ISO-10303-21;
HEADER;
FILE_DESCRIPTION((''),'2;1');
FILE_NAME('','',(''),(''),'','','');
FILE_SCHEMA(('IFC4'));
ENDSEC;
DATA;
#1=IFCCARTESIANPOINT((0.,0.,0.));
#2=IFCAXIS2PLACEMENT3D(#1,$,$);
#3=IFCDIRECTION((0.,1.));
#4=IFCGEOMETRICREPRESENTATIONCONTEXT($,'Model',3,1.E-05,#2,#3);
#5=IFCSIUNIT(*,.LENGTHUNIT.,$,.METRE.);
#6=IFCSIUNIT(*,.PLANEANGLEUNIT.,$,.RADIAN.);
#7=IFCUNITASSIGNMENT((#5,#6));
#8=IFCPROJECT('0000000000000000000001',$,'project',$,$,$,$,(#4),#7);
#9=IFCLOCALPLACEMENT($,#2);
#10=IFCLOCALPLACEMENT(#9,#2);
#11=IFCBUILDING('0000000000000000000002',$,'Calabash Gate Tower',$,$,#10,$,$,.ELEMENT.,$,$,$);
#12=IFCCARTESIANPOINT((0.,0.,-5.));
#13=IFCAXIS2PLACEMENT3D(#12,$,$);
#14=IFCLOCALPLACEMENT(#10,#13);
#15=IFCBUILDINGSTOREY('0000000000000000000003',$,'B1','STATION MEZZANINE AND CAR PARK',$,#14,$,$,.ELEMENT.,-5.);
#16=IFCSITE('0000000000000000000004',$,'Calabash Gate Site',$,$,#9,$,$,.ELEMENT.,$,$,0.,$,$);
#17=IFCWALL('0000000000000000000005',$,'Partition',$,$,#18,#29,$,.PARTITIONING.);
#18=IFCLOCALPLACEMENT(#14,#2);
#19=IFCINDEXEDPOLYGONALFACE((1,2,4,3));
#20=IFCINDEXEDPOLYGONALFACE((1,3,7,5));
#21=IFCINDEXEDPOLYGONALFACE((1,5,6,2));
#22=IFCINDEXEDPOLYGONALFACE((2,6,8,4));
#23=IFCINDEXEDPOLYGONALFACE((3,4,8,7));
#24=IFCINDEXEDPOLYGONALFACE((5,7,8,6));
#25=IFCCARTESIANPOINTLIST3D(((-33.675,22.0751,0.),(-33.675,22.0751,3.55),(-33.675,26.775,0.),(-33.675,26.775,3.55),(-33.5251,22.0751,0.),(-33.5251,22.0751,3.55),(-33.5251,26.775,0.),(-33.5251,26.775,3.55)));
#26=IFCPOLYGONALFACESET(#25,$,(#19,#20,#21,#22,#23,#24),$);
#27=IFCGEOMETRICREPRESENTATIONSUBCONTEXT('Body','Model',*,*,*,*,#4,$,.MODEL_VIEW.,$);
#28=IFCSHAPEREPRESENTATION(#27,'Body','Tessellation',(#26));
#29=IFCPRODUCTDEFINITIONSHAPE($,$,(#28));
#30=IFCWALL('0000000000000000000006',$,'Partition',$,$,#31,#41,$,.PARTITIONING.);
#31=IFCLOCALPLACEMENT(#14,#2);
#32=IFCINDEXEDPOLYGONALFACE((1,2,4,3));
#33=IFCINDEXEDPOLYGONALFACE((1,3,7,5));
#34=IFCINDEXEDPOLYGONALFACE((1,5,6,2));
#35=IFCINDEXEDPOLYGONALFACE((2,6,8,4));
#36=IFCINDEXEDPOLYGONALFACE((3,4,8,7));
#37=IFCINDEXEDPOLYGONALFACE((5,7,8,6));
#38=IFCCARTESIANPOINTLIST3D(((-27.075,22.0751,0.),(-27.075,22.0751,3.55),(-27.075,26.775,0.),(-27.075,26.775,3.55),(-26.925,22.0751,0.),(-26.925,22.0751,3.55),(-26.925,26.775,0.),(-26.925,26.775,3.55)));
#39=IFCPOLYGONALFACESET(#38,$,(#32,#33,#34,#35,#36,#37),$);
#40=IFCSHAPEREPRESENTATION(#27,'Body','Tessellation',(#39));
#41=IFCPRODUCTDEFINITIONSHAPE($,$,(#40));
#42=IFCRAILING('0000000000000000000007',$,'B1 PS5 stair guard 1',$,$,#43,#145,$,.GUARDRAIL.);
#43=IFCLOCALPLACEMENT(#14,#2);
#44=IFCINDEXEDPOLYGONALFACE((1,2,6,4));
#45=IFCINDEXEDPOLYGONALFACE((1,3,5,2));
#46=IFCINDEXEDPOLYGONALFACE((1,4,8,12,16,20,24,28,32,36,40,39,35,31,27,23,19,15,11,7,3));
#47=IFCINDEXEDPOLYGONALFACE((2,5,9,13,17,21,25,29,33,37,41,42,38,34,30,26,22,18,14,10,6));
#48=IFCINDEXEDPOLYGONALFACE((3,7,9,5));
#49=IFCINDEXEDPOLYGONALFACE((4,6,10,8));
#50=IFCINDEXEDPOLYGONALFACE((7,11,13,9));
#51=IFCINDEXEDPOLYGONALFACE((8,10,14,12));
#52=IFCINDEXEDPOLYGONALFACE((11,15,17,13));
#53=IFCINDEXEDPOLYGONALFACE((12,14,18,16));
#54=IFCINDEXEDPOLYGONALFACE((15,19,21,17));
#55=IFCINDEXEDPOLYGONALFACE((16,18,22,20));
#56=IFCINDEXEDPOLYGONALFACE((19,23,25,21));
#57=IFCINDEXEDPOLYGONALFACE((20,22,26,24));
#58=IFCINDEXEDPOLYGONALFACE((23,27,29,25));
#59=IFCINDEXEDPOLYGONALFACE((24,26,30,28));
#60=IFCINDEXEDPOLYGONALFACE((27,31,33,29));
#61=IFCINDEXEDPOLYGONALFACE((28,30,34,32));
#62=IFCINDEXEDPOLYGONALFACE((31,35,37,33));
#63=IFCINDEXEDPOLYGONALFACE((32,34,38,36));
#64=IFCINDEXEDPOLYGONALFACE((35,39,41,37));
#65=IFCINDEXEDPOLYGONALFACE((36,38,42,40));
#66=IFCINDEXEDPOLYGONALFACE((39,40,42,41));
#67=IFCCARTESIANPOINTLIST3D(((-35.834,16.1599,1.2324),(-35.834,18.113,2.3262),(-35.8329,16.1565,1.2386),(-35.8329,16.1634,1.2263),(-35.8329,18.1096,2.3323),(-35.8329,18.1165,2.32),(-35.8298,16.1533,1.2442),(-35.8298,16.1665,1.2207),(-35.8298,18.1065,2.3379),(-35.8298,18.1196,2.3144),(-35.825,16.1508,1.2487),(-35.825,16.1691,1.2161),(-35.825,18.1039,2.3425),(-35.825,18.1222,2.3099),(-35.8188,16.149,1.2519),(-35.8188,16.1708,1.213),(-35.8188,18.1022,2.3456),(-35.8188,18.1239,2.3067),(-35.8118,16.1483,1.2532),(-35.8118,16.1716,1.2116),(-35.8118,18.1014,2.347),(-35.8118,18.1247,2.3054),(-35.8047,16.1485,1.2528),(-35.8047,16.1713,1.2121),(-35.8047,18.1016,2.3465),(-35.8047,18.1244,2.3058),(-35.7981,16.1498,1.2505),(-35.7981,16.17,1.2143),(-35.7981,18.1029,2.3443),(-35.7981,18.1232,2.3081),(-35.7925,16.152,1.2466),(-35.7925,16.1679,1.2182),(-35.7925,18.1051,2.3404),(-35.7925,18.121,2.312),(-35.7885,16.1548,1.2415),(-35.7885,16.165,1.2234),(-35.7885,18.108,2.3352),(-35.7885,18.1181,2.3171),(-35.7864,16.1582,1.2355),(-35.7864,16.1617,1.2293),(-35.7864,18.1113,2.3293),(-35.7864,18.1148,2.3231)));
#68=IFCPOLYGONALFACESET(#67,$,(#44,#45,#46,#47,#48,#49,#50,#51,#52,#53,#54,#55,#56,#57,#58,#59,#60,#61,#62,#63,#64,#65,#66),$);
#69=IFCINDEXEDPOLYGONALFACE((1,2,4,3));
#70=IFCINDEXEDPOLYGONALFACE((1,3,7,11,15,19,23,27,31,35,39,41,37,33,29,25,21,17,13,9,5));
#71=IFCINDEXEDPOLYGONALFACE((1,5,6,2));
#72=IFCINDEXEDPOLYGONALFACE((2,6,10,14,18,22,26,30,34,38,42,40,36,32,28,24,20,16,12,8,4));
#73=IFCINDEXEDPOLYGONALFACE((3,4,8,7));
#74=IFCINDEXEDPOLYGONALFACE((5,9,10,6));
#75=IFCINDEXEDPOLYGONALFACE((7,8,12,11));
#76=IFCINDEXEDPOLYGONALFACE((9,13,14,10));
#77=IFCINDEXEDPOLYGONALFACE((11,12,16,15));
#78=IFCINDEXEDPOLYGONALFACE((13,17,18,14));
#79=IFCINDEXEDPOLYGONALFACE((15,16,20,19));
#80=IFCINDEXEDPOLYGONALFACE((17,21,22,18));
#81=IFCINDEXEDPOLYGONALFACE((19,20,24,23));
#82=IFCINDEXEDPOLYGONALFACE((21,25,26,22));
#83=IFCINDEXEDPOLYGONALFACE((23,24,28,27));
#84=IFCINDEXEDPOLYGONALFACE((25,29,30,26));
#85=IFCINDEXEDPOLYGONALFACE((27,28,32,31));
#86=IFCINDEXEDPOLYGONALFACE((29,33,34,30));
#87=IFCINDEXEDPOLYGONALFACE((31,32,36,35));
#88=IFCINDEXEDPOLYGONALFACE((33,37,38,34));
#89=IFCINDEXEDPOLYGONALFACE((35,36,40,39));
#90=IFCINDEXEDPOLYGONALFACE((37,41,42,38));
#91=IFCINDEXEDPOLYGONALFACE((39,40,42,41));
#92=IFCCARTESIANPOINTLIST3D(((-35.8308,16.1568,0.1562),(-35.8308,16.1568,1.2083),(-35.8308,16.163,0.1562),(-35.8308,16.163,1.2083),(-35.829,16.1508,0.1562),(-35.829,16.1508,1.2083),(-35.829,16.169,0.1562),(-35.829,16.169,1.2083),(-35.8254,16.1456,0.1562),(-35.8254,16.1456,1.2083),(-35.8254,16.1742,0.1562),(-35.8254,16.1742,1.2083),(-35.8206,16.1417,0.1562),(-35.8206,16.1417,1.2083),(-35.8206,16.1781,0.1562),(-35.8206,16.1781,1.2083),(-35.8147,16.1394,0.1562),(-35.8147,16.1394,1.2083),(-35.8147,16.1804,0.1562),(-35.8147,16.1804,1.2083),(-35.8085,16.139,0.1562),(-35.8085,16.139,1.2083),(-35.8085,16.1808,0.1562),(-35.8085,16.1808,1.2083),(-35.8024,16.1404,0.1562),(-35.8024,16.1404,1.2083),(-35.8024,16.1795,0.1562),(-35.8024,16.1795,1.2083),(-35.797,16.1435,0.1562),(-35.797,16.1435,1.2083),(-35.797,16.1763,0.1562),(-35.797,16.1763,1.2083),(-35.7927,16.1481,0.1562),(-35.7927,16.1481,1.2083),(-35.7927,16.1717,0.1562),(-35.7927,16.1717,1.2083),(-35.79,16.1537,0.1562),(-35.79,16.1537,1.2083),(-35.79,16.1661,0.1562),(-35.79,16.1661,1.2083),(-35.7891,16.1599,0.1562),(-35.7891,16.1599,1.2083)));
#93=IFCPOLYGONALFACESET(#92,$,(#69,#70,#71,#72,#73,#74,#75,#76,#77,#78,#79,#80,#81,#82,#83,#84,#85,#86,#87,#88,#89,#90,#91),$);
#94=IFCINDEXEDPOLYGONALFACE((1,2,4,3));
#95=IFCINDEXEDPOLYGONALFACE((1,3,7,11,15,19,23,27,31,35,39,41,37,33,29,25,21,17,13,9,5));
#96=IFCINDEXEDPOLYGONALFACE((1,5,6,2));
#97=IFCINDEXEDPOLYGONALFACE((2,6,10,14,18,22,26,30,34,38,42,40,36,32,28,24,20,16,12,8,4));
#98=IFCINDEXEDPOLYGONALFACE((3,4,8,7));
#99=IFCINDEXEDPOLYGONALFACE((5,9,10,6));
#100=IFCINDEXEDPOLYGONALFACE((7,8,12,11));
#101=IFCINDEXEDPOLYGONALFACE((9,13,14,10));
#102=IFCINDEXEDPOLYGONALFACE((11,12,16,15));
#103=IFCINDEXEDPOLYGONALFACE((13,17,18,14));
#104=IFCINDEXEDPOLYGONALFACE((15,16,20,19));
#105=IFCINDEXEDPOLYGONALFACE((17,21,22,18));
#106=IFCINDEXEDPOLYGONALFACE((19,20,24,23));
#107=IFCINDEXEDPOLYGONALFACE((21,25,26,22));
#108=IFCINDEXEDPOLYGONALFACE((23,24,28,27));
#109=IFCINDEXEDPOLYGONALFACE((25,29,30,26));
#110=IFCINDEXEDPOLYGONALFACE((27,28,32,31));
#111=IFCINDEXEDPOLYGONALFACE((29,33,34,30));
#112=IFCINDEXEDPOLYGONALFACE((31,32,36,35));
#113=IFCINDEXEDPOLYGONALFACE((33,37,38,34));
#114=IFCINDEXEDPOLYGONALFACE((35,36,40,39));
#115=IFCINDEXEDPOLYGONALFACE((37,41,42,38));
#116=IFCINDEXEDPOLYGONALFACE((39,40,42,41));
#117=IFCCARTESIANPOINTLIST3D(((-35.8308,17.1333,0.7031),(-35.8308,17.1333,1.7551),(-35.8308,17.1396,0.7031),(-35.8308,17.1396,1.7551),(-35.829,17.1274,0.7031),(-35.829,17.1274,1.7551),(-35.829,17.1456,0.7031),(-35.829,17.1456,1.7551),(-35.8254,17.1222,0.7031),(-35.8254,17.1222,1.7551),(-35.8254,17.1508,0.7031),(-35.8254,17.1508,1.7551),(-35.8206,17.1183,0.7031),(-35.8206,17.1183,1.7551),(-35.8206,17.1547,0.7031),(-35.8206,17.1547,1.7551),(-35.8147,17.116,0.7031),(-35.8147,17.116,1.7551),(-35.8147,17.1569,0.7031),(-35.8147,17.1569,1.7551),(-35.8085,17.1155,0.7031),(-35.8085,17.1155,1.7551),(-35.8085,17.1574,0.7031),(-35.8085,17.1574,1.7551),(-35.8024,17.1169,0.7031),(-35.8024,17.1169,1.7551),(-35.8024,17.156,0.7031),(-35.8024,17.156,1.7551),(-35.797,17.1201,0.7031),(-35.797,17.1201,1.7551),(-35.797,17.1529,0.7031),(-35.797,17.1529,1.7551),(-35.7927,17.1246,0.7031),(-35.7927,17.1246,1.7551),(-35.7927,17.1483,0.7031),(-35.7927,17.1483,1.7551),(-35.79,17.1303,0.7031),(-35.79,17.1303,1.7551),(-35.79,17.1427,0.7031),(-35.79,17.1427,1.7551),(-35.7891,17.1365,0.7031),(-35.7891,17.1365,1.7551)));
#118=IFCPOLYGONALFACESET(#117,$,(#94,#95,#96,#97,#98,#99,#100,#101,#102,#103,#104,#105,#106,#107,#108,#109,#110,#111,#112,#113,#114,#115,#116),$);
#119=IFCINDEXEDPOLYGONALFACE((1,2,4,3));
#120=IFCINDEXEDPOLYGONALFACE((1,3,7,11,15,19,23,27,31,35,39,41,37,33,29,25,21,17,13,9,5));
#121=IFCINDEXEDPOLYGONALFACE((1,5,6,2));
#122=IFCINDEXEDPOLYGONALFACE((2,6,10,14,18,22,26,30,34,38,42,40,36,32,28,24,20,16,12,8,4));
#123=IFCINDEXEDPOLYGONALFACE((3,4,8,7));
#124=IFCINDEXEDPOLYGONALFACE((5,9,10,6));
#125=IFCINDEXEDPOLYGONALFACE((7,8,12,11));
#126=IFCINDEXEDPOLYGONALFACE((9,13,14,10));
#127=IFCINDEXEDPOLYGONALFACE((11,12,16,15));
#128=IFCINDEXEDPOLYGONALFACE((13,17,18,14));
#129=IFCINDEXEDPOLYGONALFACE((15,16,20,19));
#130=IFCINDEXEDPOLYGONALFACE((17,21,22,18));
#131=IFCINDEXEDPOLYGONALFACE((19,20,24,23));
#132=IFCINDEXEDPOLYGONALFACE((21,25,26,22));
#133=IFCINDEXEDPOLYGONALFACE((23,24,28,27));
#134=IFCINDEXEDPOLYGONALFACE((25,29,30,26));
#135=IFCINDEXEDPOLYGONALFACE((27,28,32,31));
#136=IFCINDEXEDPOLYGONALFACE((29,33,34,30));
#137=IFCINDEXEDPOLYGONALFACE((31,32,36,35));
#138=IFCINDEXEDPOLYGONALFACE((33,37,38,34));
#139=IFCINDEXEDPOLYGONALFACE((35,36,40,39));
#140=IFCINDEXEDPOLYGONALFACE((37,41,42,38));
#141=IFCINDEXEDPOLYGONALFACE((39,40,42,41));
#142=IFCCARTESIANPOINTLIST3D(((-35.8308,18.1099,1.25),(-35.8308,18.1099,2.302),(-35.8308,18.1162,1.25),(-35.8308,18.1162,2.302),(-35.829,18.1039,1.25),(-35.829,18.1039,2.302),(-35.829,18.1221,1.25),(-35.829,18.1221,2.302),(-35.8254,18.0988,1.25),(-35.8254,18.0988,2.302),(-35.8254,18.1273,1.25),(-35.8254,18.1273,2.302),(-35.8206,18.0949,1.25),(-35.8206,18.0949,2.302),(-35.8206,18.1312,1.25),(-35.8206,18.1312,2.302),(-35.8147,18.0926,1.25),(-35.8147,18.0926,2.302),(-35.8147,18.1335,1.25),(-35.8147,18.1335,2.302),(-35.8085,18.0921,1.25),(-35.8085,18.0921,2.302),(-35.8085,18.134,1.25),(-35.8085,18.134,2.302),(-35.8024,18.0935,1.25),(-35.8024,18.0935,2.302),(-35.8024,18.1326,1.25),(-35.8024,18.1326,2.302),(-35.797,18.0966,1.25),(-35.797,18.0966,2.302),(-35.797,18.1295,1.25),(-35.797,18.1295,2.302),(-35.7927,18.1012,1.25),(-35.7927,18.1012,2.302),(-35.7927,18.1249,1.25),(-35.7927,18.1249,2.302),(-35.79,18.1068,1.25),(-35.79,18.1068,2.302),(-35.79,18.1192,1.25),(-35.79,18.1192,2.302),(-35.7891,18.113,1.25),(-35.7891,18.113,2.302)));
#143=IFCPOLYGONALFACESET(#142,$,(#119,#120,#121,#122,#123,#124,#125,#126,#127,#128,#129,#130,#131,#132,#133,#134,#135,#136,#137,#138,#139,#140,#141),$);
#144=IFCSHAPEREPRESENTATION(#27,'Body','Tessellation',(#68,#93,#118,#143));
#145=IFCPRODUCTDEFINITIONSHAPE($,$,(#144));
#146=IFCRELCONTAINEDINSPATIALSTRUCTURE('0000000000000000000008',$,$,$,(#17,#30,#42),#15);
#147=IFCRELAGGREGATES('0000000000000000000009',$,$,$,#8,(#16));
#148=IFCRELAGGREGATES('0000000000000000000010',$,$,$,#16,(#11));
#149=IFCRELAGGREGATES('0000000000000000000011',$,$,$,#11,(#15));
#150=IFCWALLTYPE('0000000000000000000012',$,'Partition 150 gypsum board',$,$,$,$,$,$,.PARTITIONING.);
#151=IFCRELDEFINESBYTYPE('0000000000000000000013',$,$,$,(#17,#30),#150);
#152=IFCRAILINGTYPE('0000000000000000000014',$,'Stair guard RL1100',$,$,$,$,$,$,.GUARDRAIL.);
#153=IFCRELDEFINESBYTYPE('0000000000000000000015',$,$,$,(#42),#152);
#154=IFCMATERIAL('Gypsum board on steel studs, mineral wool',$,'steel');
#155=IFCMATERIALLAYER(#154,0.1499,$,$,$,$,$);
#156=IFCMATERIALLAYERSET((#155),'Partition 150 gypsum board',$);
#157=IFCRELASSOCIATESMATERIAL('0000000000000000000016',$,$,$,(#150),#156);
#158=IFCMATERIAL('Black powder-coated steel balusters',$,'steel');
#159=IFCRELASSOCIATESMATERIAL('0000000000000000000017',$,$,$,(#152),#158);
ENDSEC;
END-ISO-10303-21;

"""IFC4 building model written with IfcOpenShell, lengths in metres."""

from ifc_helpers import new_model, si_unit, direction, frame, frame_2d, origin, origin_2d, place, context, subcontext, project, spatial, rectangle, circle, extrude, material, layer, layer_set, type_object, element, save


model = new_model("IFC4")

# Units and contexts
model_context = context("Model", 3, precision=1e-05, world=origin(), true_north=direction((0.0, 1.0)))
body_context = subcontext(model_context, "Body", "Model", "MODEL_VIEW")
ifc_project = project(units=[si_unit("LENGTHUNIT", "METRE"), si_unit("PLANEANGLEUNIT", "RADIAN")], contexts=[model_context])

# Site, building, storey
site_placement = place(None, origin())
site = spatial("IfcSite", under=ifc_project, at=site_placement, Name="Calabash Gate Site", CompositionType="ELEMENT", RefElevation=0.0)
building_placement = place(site_placement, origin())
building = spatial("IfcBuilding", under=site, at=building_placement, Name="Calabash Gate Tower", CompositionType="ELEMENT")
storey_placement = place(building_placement, frame((0.0, 0.0, -5.0)))
storey = spatial("IfcBuildingStorey", under=building, at=storey_placement, Name="B1", Description="STATION MEZZANINE AND CAR PARK", CompositionType="ELEMENT", Elevation=-5.0)

# Shared definitions
ifc_material_1 = material(Name="Gypsum board on steel studs, mineral wool", Category="steel")
ifc_layer = layer(ifc_material_1, 0.1499)
ifc_layer_set = layer_set([ifc_layer], Name="Partition 150 gypsum board")
wall_type = type_object("IfcWallType", Name="Partition 150 gypsum board", PredefinedType="PARTITIONING", material=ifc_layer_set)

# Walls
for number, where, z_axis, x_axis, name in (
    (1, (-33.6001, 22.075, 0.0), (0.0, 0.0, 1.0), (0.0, 1.0, 0.0), "Partition"),
    (2, (-27.0, 22.075, 0.0), (0.0, 0.0, 1.0), (0.0, 1.0, 0.0), "Partition"),
):
    element("IfcWall", number, at=place(storey_placement, frame(where, z_axis=z_axis, x_axis=x_axis)), inside=storey, type_object=wall_type, Name=name, PredefinedType="PARTITIONING", context=body_context, shape_type="SweptSolid", body=[
        extrude(rectangle(XDim=4.7, YDim=0.1499, at=frame_2d((2.3501, 0.0))), origin(), (0.0, 0.0, 1.0), 3.55),
    ])

# Railing
ifc_material_2 = material(Name="Black powder-coated steel balusters", Category="steel")
railing_type_1 = type_object("IfcRailingType", Name="Stair guard RL1100", PredefinedType="GUARDRAIL", material=ifc_material_2)
railing_1_placement = place(storey_placement, frame((-35.8101, 16.1599, 0.1562)))
element("IfcRailing", 3, at=railing_1_placement, inside=storey, type_object=railing_type_1, Name="B1 PS5 stair guard 1", PredefinedType="GUARDRAIL", context=body_context, shape_type="SweptSolid", body=[
    extrude(circle(Radius=0.0239, at=origin_2d()), frame((0.0, 0.0, 1.0762), z_axis=(0.0, 0.872506, 0.488603), x_axis=(-1.0, 0.0, 0.0)), (0.0, 0.0, 1.0), 2.2385),
    extrude(circle(Radius=0.021, at=origin_2d()), origin(), (0.0, 0.0, 1.0), 1.052),
    extrude(circle(Radius=0.021, at=origin_2d()), frame((0.0, 0.9766, 0.5469)), (0.0, 0.0, 1.0), 1.052),
    extrude(circle(Radius=0.021, at=origin_2d()), frame((0.0, 1.9531, 1.0938)), (0.0, 0.0, 1.0), 1.052),
])

save(model, "model.ifc")
